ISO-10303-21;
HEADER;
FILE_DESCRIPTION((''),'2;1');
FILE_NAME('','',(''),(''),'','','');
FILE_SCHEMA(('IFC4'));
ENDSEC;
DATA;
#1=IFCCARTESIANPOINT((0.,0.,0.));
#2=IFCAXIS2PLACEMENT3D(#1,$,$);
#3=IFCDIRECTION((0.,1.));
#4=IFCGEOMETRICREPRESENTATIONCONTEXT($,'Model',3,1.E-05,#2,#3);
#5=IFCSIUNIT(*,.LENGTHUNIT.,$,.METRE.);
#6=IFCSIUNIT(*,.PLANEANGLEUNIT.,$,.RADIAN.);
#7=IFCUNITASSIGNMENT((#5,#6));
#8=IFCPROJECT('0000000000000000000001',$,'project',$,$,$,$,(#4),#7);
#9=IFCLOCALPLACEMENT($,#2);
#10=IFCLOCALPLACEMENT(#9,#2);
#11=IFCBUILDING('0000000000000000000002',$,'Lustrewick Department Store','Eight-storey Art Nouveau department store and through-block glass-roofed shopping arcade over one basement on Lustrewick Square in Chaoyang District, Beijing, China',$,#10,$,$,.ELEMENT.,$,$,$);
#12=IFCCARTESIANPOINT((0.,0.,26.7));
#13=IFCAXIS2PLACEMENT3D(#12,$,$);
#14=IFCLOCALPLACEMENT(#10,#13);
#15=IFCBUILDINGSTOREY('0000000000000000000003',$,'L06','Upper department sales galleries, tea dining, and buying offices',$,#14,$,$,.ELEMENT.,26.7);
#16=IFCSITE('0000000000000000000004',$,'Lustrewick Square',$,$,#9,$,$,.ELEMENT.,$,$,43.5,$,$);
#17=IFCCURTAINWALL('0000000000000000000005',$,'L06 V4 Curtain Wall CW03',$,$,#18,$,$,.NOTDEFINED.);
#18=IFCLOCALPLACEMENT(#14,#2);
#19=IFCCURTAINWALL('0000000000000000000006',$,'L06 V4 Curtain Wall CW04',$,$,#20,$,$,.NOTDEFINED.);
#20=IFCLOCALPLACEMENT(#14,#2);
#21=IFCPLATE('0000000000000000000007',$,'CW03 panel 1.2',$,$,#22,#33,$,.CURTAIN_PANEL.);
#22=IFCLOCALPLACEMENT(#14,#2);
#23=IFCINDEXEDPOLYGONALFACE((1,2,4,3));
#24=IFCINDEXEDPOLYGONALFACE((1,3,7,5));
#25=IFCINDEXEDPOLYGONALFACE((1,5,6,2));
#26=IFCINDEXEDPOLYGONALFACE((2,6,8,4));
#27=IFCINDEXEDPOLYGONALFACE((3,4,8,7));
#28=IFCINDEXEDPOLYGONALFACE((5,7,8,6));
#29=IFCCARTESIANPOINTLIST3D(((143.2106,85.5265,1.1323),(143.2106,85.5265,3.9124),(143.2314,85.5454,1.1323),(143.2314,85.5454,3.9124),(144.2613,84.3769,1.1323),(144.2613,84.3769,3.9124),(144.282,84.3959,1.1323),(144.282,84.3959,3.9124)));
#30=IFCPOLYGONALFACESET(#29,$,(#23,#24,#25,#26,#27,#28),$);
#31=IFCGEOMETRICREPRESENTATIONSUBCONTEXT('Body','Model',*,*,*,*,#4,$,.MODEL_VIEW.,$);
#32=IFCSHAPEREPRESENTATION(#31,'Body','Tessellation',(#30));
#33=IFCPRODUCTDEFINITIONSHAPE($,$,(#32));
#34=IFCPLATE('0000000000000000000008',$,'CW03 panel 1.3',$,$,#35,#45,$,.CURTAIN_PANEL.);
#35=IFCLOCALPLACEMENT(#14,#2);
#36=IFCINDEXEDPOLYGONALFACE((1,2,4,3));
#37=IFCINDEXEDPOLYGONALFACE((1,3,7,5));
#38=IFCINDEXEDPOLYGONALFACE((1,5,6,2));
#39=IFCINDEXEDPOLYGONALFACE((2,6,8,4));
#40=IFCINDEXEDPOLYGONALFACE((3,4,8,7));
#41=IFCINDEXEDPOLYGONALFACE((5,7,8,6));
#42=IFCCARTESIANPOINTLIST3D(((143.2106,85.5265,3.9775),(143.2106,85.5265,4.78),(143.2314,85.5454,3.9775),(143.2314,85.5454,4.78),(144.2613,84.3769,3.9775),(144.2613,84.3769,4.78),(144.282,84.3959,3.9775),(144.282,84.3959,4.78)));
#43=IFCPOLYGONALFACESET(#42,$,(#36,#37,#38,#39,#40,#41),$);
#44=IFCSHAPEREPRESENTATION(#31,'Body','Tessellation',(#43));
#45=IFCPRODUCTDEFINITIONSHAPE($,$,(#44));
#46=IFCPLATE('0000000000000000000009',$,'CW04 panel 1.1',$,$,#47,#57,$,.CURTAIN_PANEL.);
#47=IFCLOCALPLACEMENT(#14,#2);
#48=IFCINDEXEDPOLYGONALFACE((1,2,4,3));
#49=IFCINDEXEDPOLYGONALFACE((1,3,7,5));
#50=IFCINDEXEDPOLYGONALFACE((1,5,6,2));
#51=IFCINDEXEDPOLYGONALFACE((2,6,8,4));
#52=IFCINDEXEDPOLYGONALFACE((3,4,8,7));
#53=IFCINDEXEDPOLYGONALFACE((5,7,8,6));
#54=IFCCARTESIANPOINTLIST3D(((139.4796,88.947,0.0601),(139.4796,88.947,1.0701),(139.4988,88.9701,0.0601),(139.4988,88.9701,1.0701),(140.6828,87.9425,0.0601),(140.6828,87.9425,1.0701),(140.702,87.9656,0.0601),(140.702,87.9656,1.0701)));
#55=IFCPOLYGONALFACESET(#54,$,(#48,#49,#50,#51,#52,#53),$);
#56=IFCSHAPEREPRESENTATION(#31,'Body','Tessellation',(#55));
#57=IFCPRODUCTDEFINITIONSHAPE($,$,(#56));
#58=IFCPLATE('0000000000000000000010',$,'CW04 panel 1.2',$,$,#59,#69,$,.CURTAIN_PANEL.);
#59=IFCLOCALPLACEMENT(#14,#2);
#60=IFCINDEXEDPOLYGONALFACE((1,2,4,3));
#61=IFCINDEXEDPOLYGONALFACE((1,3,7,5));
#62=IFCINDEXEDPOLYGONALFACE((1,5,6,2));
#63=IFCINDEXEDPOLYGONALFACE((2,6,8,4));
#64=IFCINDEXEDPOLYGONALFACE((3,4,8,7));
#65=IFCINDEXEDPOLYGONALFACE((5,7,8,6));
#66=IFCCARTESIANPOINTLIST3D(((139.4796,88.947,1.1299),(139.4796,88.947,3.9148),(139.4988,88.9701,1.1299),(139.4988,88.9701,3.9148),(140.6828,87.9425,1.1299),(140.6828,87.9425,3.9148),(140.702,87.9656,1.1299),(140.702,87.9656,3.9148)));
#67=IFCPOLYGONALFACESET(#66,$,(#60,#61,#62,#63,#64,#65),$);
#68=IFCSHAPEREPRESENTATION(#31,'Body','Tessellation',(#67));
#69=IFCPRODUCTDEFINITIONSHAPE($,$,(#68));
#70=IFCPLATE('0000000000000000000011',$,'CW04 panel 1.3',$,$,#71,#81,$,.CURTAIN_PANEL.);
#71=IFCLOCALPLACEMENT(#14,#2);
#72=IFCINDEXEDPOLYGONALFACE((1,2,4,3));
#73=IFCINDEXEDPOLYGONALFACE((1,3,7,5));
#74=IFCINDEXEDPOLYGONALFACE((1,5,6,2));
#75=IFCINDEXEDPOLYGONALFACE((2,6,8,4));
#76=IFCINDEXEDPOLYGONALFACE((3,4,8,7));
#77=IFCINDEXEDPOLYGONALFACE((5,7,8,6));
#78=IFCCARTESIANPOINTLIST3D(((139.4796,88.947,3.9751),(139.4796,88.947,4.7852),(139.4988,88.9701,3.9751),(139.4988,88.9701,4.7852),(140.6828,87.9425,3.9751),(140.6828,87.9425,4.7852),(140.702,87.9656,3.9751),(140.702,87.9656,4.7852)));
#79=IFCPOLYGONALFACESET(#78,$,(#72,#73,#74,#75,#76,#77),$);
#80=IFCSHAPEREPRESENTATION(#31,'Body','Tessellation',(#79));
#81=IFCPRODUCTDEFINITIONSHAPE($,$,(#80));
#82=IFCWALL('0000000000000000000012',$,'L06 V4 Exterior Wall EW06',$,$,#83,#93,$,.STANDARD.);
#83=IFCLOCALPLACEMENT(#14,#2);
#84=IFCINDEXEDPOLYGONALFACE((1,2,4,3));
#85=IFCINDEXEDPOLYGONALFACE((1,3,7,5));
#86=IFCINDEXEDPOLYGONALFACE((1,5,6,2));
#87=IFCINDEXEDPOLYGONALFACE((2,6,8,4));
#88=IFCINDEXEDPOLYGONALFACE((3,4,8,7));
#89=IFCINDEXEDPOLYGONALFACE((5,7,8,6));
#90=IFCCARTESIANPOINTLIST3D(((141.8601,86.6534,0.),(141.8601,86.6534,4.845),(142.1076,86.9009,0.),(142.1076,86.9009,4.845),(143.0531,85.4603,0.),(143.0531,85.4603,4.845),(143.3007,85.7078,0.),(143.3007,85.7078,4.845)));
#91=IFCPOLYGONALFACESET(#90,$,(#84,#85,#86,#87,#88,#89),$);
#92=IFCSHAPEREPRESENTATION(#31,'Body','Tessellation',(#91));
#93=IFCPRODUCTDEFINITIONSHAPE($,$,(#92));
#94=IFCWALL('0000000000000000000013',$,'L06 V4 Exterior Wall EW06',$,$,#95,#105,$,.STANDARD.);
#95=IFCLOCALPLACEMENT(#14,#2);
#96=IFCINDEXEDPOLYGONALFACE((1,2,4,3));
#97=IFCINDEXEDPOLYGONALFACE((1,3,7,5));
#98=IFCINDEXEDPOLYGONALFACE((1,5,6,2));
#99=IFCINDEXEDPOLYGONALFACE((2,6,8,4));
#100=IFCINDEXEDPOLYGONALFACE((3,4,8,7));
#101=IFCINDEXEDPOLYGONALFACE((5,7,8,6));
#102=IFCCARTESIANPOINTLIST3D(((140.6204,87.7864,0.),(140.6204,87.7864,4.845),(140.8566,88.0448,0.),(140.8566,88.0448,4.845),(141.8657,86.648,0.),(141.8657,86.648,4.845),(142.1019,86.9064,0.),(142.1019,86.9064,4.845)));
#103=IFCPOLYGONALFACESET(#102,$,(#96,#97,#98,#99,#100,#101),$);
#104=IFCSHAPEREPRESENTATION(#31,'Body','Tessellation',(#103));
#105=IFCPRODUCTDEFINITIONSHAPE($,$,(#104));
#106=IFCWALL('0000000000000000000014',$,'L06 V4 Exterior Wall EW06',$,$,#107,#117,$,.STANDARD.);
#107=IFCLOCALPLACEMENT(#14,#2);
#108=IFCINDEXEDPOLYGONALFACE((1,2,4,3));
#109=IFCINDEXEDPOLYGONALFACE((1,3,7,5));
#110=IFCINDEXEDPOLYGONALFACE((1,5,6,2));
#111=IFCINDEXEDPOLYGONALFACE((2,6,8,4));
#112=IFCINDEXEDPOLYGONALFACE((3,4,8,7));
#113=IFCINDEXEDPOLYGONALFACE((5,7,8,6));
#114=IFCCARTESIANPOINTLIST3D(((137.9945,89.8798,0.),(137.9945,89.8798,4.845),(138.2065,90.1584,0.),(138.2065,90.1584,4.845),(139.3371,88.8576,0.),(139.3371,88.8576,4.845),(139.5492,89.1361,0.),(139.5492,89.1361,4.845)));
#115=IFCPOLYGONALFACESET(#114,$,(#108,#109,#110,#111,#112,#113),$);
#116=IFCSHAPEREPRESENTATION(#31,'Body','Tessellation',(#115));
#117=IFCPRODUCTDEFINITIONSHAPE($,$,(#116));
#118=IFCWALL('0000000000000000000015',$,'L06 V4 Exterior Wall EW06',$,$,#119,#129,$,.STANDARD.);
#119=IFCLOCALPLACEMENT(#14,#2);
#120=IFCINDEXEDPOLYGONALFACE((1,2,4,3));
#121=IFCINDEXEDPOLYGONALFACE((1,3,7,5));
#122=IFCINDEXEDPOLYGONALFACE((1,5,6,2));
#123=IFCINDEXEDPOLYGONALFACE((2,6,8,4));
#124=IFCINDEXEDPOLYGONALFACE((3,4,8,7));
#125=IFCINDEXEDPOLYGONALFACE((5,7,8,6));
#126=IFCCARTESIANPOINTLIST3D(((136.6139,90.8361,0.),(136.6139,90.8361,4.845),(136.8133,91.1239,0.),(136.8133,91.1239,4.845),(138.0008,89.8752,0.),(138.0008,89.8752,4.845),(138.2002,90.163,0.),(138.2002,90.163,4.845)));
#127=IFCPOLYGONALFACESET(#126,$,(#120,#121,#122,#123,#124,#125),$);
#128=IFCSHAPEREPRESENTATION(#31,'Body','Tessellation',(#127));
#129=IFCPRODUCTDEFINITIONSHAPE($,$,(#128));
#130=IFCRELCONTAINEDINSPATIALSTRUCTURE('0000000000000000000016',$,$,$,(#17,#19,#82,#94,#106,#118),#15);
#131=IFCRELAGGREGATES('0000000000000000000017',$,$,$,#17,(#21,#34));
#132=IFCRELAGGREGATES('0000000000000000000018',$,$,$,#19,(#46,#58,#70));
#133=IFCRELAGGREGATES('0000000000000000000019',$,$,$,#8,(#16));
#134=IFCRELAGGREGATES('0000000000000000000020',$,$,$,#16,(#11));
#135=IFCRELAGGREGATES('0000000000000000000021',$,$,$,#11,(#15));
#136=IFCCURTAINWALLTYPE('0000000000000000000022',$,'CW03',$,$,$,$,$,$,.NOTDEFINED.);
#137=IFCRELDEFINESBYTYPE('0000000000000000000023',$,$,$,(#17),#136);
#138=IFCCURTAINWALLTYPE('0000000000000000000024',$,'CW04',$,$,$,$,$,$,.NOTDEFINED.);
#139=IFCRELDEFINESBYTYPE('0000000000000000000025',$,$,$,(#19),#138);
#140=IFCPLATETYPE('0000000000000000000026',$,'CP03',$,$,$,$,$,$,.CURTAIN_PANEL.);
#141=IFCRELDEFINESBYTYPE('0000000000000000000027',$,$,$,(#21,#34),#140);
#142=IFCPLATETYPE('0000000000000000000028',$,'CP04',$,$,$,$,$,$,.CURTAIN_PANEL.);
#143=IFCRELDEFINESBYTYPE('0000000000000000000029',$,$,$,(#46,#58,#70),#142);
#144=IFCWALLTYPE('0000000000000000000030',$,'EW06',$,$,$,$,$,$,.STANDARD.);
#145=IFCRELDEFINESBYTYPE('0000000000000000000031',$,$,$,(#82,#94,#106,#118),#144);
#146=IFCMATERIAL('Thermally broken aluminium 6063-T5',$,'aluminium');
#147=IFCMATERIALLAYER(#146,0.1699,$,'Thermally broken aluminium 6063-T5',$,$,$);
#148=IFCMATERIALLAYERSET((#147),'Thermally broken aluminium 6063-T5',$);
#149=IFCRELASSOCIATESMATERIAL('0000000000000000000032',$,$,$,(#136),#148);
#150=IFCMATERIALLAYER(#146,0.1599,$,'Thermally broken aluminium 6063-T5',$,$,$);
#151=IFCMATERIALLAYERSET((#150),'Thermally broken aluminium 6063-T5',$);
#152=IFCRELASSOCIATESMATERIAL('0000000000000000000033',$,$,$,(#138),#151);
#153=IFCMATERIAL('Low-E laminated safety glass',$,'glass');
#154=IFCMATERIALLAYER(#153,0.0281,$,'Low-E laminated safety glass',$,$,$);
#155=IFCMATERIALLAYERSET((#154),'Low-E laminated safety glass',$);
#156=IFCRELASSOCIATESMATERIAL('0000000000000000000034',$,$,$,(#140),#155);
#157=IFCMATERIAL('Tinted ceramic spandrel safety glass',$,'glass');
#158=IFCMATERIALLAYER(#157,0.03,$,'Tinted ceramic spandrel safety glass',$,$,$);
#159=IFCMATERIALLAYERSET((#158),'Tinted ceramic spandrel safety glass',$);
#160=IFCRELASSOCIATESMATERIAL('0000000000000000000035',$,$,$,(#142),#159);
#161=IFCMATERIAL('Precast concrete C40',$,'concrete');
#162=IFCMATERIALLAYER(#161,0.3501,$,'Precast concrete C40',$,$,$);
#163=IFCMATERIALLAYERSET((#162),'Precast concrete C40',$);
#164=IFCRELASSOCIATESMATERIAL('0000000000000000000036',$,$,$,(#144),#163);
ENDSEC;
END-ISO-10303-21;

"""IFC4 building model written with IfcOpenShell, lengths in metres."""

from ifc_helpers import new_model, si_unit, direction, frame, frame_2d, origin, origin_2d, place, context, subcontext, project, spatial, rectangle, extrude, material, layer, layer_set, type_object, element, aggregate, save


model = new_model("IFC4")

# Units and contexts
model_context = context("Model", 3, precision=1e-05, world=origin(), true_north=direction((0.0, 1.0)))
body_context = subcontext(model_context, "Body", "Model", "MODEL_VIEW")
ifc_project = project(units=[si_unit("LENGTHUNIT", "METRE"), si_unit("PLANEANGLEUNIT", "RADIAN")], contexts=[model_context])

# Site, building, storey
site_placement = place(None, origin())
site = spatial("IfcSite", under=ifc_project, at=site_placement, Name="Lustrewick Square", CompositionType="ELEMENT", RefElevation=43.5)
building_placement = place(site_placement, origin())
building = spatial("IfcBuilding", under=site, at=building_placement, Name="Lustrewick Department Store", Description="Eight-storey Art Nouveau department store and through-block glass-roofed shopping arcade over one basement on Lustrewick Square in Chaoyang District, Beijing, China", CompositionType="ELEMENT")
storey_placement = place(building_placement, frame((0.0, 0.0, 26.7)))
storey = spatial("IfcBuildingStorey", under=building, at=storey_placement, Name="L06", Description="Upper department sales galleries, tea dining, and buying offices", CompositionType="ELEMENT", Elevation=26.7)

# Curtain walls
ifc_material_1 = material(Name="Thermally broken aluminium 6063-T5", Category="aluminium")
ifc_layer_1 = layer(ifc_material_1, 0.1699, Name="Thermally broken aluminium 6063-T5")
ifc_layer_set_1 = layer_set([ifc_layer_1], Name="Thermally broken aluminium 6063-T5")
curtain_wall_type_1 = type_object("IfcCurtainWallType", Name="CW03", PredefinedType="NOTDEFINED", material=ifc_layer_set_1)
curtain_wall_1_placement = place(storey_placement, origin())
curtain_wall_1 = element("IfcCurtainWall", 1, at=curtain_wall_1_placement, inside=storey, type_object=curtain_wall_type_1, Name="L06 V4 Curtain Wall CW03", PredefinedType="NOTDEFINED")
ifc_layer_2 = layer(ifc_material_1, 0.1599, Name="Thermally broken aluminium 6063-T5")
ifc_layer_set_2 = layer_set([ifc_layer_2], Name="Thermally broken aluminium 6063-T5")
curtain_wall_type_2 = type_object("IfcCurtainWallType", Name="CW04", PredefinedType="NOTDEFINED", material=ifc_layer_set_2)
curtain_wall_2_placement = place(storey_placement, origin())
curtain_wall_2 = element("IfcCurtainWall", 2, at=curtain_wall_2_placement, inside=storey, type_object=curtain_wall_type_2, Name="L06 V4 Curtain Wall CW04", PredefinedType="NOTDEFINED")

# Plates
ifc_material_2 = material(Name="Low-E laminated safety glass", Category="glass")
ifc_layer_3 = layer(ifc_material_2, 0.0281, Name="Low-E laminated safety glass")
ifc_layer_set_3 = layer_set([ifc_layer_3], Name="Low-E laminated safety glass")
plate_type_1 = type_object("IfcPlateType", Name="CP03", PredefinedType="CURTAIN_PANEL", material=ifc_layer_set_3)
plate_1_placement = place(storey_placement, frame((143.7463, 84.9612, 1.1323), z_axis=(0.0, 0.0, 1.0), x_axis=(-0.674659, 0.73813, 0.0)))
plate_1 = element("IfcPlate", 3, at=plate_1_placement, type_object=plate_type_1, Name="CW03 panel 1.2", PredefinedType="CURTAIN_PANEL", context=body_context, shape_type="SweptSolid", body=[
    extrude(rectangle(XDim=1.5574, YDim=0.0281, at=origin_2d()), origin(), (0.0, 0.0, 1.0), 2.78),
])
plate_2_placement = place(storey_placement, frame((143.7463, 84.9612, 3.9775), z_axis=(0.0, 0.0, 1.0), x_axis=(-0.674659, 0.73813, 0.0)))
plate_2 = element("IfcPlate", 4, at=plate_2_placement, type_object=plate_type_1, Name="CW03 panel 1.3", PredefinedType="CURTAIN_PANEL", context=body_context, shape_type="SweptSolid", body=[
    extrude(rectangle(XDim=1.5574, YDim=0.0281, at=origin_2d()), origin(), (0.0, 0.0, 1.0), 0.8025),
])
aggregate(curtain_wall_1, [plate_1, plate_2])
ifc_material_3 = material(Name="Tinted ceramic spandrel safety glass", Category="glass")
ifc_layer_4 = layer(ifc_material_3, 0.03, Name="Tinted ceramic spandrel safety glass")
ifc_layer_set_4 = layer_set([ifc_layer_4], Name="Tinted ceramic spandrel safety glass")
plate_type_2 = type_object("IfcPlateType", Name="CP04", PredefinedType="CURTAIN_PANEL", material=ifc_layer_set_4)
plate_3_placement = place(storey_placement, frame((140.0908, 88.4563, 0.0601), z_axis=(0.0, 0.0, 1.0), x_axis=(-0.767643, 0.640878, 0.0)))
plate_3 = element("IfcPlate", 5, at=plate_3_placement, type_object=plate_type_2, Name="CW04 panel 1.1", PredefinedType="CURTAIN_PANEL", context=body_context, shape_type="SweptSolid", body=[
    extrude(rectangle(XDim=1.5674, YDim=0.03, at=origin_2d()), origin(), (0.0, 0.0, 1.0), 1.01),
])
plate_4_placement = place(storey_placement, frame((140.0908, 88.4563, 1.1299), z_axis=(0.0, 0.0, 1.0), x_axis=(-0.767643, 0.640878, 0.0)))
plate_4 = element("IfcPlate", 6, at=plate_4_placement, type_object=plate_type_2, Name="CW04 panel 1.2", PredefinedType="CURTAIN_PANEL", context=body_context, shape_type="SweptSolid", body=[
    extrude(rectangle(XDim=1.5674, YDim=0.03, at=origin_2d()), origin(), (0.0, 0.0, 1.0), 2.7849),
])
plate_5_placement = place(storey_placement, frame((140.0908, 88.4563, 3.9751), z_axis=(0.0, 0.0, 1.0), x_axis=(-0.767643, 0.640878, 0.0)))
plate_5 = element("IfcPlate", 7, at=plate_5_placement, type_object=plate_type_2, Name="CW04 panel 1.3", PredefinedType="CURTAIN_PANEL", context=body_context, shape_type="SweptSolid", body=[
    extrude(rectangle(XDim=1.5674, YDim=0.03, at=origin_2d()), origin(), (0.0, 0.0, 1.0), 0.8101),
])
aggregate(curtain_wall_2, [plate_3, plate_4, plate_5])

# Walls
ifc_material_4 = material(Name="Precast concrete C40", Category="concrete")
ifc_layer_5 = layer(ifc_material_4, 0.3501, Name="Precast concrete C40")
ifc_layer_set_5 = layer_set([ifc_layer_5], Name="Precast concrete C40")
wall_type = type_object("IfcWallType", Name="EW06", PredefinedType="STANDARD", material=ifc_layer_set_5)
for number, where, z_axis, x_axis, name in (
    (8, (143.177, 85.584, 0.0), (0.0, 0.0, 1.0), (-0.707107, 0.707107, 0.0), "L06 V4 Exterior Wall EW06"),
    (9, (141.9839, 86.7771, 0.0), (0.0, 0.0, 1.0), (-0.738084, 0.674708, 0.0), "L06 V4 Exterior Wall EW06"),
):
    element("IfcWall", number, at=place(storey_placement, frame(where, z_axis=z_axis, x_axis=x_axis)), inside=storey, type_object=wall_type, Name=name, PredefinedType="STANDARD", context=body_context, shape_type="SweptSolid", body=[
        extrude(rectangle(XDim=1.6873, YDim=0.3501, at=frame_2d((0.8438, 0.0))), origin(), (0.0, 0.0, 1.0), 4.845),
    ])
wall_1_placement = place(storey_placement, frame((139.4431, 88.9968, 0.0), z_axis=(0.0, 0.0, 1.0), x_axis=(-0.795621, 0.605795, 0.0)))
element("IfcWall", 10, at=wall_1_placement, inside=storey, type_object=wall_type, Name="L06 V4 Exterior Wall EW06", PredefinedType="STANDARD", context=body_context, shape_type="SweptSolid", body=[
    extrude(rectangle(XDim=1.6875, YDim=0.3501, at=frame_2d((0.8438, 0.0))), origin(), (0.0, 0.0, 1.0), 4.845),
])
wall_2_placement = place(storey_placement, frame((138.1006, 90.019, 0.0), z_axis=(0.0, 0.0, 1.0), x_axis=(-0.821989, 0.569503, 0.0)))
element("IfcWall", 11, at=wall_2_placement, inside=storey, type_object=wall_type, Name="L06 V4 Exterior Wall EW06", PredefinedType="STANDARD", context=body_context, shape_type="SweptSolid", body=[
    extrude(rectangle(XDim=1.6873, YDim=0.3501, at=frame_2d((0.8438, 0.0))), origin(), (0.0, 0.0, 1.0), 4.845),
])

save(model, "model.ifc")
